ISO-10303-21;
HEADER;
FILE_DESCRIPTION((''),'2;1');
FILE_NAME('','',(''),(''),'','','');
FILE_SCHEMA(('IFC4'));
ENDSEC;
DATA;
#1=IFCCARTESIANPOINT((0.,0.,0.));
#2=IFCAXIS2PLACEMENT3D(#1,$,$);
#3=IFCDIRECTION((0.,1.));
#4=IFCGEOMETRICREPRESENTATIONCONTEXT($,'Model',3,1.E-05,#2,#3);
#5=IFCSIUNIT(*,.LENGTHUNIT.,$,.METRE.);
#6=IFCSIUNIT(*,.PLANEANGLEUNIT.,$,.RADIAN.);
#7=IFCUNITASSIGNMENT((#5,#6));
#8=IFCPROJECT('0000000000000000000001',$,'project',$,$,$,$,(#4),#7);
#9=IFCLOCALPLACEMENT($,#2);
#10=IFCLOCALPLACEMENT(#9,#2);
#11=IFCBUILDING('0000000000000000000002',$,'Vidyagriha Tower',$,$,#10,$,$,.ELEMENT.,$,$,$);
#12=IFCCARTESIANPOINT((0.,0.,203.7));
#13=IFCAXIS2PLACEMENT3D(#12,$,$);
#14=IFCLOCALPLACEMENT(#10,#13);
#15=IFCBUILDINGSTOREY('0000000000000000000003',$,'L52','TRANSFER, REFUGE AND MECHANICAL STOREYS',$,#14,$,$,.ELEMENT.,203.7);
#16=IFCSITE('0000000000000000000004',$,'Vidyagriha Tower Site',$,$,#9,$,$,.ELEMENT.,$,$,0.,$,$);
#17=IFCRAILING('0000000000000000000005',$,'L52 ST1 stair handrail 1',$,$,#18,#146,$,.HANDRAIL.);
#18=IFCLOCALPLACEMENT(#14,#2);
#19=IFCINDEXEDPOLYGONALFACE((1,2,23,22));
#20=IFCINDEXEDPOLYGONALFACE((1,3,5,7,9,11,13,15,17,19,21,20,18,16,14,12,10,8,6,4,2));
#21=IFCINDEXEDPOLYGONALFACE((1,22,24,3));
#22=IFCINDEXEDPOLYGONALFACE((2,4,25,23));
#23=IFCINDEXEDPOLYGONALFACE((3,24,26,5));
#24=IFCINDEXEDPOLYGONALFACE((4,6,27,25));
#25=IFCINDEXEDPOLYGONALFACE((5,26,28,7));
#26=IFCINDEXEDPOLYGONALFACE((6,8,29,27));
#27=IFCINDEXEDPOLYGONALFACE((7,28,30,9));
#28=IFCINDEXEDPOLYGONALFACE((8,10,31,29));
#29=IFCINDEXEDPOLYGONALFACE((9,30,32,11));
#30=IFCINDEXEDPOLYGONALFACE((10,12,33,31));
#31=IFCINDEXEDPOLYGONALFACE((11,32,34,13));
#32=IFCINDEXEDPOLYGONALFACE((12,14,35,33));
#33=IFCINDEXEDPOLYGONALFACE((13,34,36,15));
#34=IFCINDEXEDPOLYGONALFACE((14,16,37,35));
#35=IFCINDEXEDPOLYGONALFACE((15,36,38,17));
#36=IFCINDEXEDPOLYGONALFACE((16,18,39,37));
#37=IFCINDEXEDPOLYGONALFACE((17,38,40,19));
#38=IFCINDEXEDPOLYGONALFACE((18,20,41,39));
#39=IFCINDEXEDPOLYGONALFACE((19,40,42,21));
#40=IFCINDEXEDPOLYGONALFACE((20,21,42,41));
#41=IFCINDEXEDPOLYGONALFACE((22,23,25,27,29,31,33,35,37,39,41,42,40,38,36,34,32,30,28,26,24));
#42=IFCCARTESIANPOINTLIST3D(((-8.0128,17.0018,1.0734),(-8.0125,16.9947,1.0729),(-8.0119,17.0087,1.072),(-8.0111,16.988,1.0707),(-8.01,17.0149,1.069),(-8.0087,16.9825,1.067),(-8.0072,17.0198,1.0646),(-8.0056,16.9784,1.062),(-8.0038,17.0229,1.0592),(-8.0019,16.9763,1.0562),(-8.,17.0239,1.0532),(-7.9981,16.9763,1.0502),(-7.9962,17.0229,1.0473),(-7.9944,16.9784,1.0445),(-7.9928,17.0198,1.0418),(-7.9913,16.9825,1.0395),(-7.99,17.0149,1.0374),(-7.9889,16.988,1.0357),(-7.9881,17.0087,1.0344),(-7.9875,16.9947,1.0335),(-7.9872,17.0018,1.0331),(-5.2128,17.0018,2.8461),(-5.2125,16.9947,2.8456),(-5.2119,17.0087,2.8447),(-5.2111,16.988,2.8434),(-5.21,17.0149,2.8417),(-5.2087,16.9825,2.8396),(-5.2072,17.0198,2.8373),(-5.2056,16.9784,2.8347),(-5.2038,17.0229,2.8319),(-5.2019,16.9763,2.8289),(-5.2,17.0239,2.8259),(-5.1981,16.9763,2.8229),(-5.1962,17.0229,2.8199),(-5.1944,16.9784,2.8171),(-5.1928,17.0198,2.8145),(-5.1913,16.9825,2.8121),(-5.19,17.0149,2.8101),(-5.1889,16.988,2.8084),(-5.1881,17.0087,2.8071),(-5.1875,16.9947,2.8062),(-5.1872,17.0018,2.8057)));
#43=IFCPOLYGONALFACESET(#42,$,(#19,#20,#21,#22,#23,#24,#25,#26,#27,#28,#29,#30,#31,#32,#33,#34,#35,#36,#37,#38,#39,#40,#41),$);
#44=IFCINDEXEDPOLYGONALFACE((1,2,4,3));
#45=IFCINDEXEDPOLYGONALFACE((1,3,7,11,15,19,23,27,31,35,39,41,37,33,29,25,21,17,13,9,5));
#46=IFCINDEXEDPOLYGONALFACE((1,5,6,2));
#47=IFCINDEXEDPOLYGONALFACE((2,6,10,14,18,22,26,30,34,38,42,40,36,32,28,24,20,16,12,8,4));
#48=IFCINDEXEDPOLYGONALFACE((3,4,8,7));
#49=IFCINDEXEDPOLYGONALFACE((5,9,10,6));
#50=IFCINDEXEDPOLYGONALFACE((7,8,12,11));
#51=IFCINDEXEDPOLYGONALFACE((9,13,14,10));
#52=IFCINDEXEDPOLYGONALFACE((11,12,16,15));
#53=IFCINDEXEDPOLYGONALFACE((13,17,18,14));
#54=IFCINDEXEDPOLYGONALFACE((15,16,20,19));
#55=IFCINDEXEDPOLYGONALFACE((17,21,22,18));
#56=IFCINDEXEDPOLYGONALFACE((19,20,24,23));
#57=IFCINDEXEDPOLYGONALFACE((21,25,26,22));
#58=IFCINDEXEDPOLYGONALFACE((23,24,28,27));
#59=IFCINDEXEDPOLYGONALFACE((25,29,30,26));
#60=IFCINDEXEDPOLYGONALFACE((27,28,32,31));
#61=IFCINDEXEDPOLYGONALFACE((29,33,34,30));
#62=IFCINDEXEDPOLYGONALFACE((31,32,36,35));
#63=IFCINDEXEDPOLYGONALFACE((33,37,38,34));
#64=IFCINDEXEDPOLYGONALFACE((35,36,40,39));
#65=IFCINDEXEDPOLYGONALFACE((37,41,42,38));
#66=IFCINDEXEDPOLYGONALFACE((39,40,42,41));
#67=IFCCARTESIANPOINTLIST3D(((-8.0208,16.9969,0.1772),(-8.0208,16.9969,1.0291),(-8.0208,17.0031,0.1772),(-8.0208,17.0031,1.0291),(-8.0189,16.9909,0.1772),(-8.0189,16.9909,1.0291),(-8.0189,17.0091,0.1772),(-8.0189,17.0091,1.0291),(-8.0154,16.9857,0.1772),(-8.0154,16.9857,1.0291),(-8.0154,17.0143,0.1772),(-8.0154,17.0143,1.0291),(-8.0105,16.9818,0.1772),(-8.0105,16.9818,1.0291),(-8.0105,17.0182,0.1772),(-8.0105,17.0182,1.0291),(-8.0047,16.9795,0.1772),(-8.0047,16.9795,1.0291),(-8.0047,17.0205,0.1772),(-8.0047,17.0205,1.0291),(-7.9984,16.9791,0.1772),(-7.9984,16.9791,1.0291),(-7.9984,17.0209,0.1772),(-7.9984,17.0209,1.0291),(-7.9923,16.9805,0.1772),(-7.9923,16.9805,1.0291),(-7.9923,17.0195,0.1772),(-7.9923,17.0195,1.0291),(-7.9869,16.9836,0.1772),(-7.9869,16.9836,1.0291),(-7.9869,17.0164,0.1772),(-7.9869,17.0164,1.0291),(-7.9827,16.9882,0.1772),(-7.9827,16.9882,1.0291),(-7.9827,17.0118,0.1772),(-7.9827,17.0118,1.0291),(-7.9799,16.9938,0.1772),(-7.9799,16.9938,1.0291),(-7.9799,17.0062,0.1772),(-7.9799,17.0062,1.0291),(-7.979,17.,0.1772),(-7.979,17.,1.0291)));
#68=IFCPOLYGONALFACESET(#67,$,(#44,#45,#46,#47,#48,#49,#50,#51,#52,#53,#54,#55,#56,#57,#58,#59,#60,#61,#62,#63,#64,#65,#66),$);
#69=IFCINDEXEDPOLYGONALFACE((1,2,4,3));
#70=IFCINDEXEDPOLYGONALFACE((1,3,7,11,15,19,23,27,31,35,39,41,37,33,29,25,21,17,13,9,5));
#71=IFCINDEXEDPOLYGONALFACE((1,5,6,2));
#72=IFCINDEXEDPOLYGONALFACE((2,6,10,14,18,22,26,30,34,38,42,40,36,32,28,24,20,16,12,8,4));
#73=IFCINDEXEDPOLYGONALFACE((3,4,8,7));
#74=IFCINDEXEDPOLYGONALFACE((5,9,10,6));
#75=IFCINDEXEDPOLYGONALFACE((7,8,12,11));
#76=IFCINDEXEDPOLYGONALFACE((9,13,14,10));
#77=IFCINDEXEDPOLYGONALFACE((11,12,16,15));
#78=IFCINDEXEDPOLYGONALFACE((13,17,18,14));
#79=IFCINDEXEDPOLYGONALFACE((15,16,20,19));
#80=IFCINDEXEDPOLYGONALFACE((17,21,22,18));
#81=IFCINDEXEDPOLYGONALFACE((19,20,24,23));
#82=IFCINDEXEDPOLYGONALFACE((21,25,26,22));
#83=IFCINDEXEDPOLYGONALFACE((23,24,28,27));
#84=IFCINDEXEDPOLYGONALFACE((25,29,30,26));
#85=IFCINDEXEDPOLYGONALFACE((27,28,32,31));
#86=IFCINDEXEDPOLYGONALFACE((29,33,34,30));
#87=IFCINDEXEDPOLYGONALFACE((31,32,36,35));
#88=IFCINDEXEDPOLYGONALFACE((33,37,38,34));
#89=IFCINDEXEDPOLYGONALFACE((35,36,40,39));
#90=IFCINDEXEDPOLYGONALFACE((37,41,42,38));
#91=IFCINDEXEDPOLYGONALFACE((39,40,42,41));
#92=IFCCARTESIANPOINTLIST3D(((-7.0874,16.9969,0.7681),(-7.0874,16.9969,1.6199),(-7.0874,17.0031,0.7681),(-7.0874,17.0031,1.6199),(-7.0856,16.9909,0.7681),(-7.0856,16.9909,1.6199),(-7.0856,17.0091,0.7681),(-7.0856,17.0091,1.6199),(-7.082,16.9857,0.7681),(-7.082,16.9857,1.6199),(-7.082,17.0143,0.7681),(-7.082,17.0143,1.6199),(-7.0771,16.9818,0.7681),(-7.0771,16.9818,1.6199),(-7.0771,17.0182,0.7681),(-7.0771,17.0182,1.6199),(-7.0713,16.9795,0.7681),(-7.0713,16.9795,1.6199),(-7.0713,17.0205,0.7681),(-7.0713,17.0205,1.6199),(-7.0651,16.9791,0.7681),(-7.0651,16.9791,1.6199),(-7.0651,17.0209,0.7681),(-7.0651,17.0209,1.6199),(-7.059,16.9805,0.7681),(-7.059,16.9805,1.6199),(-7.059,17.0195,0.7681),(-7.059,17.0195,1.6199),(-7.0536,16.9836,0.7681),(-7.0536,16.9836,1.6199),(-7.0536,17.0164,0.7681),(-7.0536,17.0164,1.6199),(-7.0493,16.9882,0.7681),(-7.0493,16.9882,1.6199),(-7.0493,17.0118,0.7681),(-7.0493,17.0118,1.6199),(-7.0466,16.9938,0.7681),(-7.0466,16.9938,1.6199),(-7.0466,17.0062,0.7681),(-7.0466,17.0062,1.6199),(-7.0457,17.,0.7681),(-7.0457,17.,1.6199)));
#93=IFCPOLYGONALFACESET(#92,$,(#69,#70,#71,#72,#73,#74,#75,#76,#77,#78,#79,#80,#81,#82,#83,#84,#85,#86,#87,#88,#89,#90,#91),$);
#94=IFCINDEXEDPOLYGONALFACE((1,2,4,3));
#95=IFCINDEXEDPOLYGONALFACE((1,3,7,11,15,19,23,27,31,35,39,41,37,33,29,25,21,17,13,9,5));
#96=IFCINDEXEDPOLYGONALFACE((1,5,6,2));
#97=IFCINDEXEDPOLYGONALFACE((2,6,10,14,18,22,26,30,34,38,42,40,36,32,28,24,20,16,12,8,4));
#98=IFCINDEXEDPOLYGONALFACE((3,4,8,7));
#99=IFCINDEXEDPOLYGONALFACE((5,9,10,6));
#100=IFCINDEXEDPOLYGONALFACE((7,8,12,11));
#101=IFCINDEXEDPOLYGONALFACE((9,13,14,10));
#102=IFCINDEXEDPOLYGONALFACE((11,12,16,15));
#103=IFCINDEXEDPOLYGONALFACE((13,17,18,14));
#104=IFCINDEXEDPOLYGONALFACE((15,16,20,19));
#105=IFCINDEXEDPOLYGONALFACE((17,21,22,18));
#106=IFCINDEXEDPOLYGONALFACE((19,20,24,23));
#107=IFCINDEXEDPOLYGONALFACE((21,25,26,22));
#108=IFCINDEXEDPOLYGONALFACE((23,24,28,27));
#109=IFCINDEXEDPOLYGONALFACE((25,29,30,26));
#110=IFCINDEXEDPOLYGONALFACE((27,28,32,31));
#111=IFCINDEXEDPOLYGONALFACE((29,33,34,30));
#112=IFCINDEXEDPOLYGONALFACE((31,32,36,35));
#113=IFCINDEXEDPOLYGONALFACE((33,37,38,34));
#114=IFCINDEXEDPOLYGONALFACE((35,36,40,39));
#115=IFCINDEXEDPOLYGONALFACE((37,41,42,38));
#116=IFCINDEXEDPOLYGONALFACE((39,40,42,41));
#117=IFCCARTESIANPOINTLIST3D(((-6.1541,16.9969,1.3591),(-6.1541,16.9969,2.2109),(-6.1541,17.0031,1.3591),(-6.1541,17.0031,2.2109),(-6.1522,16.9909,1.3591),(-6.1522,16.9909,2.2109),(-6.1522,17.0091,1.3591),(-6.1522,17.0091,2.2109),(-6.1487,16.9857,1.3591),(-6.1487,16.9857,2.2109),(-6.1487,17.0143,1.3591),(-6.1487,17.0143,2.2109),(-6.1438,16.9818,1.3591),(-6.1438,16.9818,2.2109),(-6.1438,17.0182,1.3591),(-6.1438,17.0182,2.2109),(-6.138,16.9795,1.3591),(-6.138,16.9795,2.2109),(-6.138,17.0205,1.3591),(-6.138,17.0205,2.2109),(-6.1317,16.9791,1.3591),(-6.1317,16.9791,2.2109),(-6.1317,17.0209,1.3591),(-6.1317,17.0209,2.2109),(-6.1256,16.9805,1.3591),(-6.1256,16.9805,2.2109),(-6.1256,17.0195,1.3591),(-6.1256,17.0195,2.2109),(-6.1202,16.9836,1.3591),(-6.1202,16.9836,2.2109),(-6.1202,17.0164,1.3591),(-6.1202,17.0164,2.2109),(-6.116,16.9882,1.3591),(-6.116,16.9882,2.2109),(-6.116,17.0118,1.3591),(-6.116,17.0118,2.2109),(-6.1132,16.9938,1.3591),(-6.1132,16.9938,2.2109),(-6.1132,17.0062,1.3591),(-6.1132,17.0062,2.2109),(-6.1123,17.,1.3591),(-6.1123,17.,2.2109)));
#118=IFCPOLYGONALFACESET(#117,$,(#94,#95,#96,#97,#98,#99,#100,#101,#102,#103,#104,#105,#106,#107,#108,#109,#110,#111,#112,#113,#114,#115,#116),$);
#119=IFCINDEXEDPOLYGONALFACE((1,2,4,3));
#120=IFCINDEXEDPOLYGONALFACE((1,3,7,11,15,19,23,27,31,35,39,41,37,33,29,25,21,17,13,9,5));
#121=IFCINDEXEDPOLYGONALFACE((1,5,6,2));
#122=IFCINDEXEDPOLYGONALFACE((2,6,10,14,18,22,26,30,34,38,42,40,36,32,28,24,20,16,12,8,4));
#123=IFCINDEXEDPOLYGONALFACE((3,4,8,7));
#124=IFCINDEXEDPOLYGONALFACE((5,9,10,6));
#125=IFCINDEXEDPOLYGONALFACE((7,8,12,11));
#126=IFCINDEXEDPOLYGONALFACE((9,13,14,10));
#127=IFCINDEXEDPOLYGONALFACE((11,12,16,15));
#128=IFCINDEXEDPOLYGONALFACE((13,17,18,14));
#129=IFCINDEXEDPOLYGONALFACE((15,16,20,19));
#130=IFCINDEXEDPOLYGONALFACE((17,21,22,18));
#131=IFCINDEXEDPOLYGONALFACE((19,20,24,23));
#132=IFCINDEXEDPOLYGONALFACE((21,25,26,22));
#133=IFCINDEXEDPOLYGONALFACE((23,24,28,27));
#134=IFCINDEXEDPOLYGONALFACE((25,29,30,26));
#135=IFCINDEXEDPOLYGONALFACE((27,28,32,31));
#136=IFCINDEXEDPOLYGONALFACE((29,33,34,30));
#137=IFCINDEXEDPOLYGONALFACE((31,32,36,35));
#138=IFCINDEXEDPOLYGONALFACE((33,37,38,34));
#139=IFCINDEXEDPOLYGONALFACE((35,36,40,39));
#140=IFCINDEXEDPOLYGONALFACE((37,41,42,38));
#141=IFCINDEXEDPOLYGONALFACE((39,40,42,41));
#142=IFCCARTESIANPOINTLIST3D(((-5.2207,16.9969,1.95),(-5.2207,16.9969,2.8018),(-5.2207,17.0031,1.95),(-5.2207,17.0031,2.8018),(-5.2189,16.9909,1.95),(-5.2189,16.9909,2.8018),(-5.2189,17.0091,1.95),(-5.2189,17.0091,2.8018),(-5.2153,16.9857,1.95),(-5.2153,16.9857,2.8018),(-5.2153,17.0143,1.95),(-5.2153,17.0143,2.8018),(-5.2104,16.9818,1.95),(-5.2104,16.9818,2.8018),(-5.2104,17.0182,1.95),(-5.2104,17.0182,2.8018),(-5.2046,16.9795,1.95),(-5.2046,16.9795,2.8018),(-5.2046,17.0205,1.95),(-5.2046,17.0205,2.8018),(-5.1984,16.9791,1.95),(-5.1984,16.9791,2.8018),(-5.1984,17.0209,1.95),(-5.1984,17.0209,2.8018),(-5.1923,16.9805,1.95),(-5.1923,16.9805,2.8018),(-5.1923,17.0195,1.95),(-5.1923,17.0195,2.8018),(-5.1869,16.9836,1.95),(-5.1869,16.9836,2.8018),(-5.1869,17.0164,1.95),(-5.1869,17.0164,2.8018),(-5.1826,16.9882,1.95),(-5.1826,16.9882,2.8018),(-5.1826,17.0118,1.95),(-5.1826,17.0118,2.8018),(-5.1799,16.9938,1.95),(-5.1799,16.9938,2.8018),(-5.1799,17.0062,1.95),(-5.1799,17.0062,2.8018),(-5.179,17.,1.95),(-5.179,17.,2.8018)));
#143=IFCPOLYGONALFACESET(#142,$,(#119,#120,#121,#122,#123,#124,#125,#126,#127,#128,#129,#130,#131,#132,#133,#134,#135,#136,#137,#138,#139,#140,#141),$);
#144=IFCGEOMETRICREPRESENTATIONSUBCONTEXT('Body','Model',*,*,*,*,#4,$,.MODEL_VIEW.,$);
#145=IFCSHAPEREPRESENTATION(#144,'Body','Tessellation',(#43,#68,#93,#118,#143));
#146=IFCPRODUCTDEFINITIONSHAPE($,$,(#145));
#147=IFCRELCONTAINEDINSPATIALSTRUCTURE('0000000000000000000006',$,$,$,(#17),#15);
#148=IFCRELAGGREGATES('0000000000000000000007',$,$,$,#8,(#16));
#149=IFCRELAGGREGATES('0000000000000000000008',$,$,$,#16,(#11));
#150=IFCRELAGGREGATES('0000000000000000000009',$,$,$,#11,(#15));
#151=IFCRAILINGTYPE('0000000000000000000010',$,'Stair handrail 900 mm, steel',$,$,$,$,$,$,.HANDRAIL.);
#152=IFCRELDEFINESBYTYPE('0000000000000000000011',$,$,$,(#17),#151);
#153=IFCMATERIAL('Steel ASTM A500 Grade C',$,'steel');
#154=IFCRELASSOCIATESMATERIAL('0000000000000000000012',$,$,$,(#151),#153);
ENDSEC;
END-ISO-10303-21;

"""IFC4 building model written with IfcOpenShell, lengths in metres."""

from ifc_helpers import new_model, si_unit, direction, frame, origin, origin_2d, place, context, subcontext, project, spatial, circle, extrude, material, type_object, element, save


model = new_model("IFC4")

# Units and contexts
model_context = context("Model", 3, precision=1e-05, world=origin(), true_north=direction((0.0, 1.0)))
body_context = subcontext(model_context, "Body", "Model", "MODEL_VIEW")
ifc_project = project(units=[si_unit("LENGTHUNIT", "METRE"), si_unit("PLANEANGLEUNIT", "RADIAN")], contexts=[model_context])

# Site, building, storey
site_placement = place(None, origin())
site = spatial("IfcSite", under=ifc_project, at=site_placement, Name="Vidyagriha Tower Site", CompositionType="ELEMENT", RefElevation=0.0)
building_placement = place(site_placement, origin())
building = spatial("IfcBuilding", under=site, at=building_placement, Name="Vidyagriha Tower", CompositionType="ELEMENT")
storey_placement = place(building_placement, frame((0.0, 0.0, 203.7)))
storey = spatial("IfcBuildingStorey", under=building, at=storey_placement, Name="L52", Description="TRANSFER, REFUGE AND MECHANICAL STOREYS", CompositionType="ELEMENT", Elevation=203.7)

# Railing
ifc_material_1 = material(Name="Steel ASTM A500 Grade C", Category="steel")
railing_type_1 = type_object("IfcRailingType", Name="Stair handrail 900 mm, steel", PredefinedType="HANDRAIL", material=ifc_material_1)
railing_1_placement = place(storey_placement, frame((-8.0, 17.0, 0.1772)))
element("IfcRailing", 1, at=railing_1_placement, inside=storey, type_object=railing_type_1, Name="L52 ST1 stair handrail 1", PredefinedType="HANDRAIL", context=body_context, shape_type="SweptSolid", body=[
    extrude(circle(Radius=0.0239, at=origin_2d()), frame((0.0, 0.0, 0.876), z_axis=(0.844909, 0.0, 0.53491), x_axis=(0.0, 1.0, 0.0)), (0.0, 0.0, 1.0), 3.314),
    extrude(circle(Radius=0.021, at=origin_2d()), origin(), (0.0, 0.0, 1.0), 0.8518),
    extrude(circle(Radius=0.021, at=origin_2d()), frame((0.9333, 0.0, 0.5908)), (0.0, 0.0, 1.0), 0.8518),
    extrude(circle(Radius=0.021, at=origin_2d()), frame((1.8667, 0.0, 1.1819)), (0.0, 0.0, 1.0), 0.8518),
    extrude(circle(Radius=0.021, at=origin_2d()), frame((2.8, 0.0, 1.7727)), (0.0, 0.0, 1.0), 0.8518),
])

save(model, "model.ifc")
